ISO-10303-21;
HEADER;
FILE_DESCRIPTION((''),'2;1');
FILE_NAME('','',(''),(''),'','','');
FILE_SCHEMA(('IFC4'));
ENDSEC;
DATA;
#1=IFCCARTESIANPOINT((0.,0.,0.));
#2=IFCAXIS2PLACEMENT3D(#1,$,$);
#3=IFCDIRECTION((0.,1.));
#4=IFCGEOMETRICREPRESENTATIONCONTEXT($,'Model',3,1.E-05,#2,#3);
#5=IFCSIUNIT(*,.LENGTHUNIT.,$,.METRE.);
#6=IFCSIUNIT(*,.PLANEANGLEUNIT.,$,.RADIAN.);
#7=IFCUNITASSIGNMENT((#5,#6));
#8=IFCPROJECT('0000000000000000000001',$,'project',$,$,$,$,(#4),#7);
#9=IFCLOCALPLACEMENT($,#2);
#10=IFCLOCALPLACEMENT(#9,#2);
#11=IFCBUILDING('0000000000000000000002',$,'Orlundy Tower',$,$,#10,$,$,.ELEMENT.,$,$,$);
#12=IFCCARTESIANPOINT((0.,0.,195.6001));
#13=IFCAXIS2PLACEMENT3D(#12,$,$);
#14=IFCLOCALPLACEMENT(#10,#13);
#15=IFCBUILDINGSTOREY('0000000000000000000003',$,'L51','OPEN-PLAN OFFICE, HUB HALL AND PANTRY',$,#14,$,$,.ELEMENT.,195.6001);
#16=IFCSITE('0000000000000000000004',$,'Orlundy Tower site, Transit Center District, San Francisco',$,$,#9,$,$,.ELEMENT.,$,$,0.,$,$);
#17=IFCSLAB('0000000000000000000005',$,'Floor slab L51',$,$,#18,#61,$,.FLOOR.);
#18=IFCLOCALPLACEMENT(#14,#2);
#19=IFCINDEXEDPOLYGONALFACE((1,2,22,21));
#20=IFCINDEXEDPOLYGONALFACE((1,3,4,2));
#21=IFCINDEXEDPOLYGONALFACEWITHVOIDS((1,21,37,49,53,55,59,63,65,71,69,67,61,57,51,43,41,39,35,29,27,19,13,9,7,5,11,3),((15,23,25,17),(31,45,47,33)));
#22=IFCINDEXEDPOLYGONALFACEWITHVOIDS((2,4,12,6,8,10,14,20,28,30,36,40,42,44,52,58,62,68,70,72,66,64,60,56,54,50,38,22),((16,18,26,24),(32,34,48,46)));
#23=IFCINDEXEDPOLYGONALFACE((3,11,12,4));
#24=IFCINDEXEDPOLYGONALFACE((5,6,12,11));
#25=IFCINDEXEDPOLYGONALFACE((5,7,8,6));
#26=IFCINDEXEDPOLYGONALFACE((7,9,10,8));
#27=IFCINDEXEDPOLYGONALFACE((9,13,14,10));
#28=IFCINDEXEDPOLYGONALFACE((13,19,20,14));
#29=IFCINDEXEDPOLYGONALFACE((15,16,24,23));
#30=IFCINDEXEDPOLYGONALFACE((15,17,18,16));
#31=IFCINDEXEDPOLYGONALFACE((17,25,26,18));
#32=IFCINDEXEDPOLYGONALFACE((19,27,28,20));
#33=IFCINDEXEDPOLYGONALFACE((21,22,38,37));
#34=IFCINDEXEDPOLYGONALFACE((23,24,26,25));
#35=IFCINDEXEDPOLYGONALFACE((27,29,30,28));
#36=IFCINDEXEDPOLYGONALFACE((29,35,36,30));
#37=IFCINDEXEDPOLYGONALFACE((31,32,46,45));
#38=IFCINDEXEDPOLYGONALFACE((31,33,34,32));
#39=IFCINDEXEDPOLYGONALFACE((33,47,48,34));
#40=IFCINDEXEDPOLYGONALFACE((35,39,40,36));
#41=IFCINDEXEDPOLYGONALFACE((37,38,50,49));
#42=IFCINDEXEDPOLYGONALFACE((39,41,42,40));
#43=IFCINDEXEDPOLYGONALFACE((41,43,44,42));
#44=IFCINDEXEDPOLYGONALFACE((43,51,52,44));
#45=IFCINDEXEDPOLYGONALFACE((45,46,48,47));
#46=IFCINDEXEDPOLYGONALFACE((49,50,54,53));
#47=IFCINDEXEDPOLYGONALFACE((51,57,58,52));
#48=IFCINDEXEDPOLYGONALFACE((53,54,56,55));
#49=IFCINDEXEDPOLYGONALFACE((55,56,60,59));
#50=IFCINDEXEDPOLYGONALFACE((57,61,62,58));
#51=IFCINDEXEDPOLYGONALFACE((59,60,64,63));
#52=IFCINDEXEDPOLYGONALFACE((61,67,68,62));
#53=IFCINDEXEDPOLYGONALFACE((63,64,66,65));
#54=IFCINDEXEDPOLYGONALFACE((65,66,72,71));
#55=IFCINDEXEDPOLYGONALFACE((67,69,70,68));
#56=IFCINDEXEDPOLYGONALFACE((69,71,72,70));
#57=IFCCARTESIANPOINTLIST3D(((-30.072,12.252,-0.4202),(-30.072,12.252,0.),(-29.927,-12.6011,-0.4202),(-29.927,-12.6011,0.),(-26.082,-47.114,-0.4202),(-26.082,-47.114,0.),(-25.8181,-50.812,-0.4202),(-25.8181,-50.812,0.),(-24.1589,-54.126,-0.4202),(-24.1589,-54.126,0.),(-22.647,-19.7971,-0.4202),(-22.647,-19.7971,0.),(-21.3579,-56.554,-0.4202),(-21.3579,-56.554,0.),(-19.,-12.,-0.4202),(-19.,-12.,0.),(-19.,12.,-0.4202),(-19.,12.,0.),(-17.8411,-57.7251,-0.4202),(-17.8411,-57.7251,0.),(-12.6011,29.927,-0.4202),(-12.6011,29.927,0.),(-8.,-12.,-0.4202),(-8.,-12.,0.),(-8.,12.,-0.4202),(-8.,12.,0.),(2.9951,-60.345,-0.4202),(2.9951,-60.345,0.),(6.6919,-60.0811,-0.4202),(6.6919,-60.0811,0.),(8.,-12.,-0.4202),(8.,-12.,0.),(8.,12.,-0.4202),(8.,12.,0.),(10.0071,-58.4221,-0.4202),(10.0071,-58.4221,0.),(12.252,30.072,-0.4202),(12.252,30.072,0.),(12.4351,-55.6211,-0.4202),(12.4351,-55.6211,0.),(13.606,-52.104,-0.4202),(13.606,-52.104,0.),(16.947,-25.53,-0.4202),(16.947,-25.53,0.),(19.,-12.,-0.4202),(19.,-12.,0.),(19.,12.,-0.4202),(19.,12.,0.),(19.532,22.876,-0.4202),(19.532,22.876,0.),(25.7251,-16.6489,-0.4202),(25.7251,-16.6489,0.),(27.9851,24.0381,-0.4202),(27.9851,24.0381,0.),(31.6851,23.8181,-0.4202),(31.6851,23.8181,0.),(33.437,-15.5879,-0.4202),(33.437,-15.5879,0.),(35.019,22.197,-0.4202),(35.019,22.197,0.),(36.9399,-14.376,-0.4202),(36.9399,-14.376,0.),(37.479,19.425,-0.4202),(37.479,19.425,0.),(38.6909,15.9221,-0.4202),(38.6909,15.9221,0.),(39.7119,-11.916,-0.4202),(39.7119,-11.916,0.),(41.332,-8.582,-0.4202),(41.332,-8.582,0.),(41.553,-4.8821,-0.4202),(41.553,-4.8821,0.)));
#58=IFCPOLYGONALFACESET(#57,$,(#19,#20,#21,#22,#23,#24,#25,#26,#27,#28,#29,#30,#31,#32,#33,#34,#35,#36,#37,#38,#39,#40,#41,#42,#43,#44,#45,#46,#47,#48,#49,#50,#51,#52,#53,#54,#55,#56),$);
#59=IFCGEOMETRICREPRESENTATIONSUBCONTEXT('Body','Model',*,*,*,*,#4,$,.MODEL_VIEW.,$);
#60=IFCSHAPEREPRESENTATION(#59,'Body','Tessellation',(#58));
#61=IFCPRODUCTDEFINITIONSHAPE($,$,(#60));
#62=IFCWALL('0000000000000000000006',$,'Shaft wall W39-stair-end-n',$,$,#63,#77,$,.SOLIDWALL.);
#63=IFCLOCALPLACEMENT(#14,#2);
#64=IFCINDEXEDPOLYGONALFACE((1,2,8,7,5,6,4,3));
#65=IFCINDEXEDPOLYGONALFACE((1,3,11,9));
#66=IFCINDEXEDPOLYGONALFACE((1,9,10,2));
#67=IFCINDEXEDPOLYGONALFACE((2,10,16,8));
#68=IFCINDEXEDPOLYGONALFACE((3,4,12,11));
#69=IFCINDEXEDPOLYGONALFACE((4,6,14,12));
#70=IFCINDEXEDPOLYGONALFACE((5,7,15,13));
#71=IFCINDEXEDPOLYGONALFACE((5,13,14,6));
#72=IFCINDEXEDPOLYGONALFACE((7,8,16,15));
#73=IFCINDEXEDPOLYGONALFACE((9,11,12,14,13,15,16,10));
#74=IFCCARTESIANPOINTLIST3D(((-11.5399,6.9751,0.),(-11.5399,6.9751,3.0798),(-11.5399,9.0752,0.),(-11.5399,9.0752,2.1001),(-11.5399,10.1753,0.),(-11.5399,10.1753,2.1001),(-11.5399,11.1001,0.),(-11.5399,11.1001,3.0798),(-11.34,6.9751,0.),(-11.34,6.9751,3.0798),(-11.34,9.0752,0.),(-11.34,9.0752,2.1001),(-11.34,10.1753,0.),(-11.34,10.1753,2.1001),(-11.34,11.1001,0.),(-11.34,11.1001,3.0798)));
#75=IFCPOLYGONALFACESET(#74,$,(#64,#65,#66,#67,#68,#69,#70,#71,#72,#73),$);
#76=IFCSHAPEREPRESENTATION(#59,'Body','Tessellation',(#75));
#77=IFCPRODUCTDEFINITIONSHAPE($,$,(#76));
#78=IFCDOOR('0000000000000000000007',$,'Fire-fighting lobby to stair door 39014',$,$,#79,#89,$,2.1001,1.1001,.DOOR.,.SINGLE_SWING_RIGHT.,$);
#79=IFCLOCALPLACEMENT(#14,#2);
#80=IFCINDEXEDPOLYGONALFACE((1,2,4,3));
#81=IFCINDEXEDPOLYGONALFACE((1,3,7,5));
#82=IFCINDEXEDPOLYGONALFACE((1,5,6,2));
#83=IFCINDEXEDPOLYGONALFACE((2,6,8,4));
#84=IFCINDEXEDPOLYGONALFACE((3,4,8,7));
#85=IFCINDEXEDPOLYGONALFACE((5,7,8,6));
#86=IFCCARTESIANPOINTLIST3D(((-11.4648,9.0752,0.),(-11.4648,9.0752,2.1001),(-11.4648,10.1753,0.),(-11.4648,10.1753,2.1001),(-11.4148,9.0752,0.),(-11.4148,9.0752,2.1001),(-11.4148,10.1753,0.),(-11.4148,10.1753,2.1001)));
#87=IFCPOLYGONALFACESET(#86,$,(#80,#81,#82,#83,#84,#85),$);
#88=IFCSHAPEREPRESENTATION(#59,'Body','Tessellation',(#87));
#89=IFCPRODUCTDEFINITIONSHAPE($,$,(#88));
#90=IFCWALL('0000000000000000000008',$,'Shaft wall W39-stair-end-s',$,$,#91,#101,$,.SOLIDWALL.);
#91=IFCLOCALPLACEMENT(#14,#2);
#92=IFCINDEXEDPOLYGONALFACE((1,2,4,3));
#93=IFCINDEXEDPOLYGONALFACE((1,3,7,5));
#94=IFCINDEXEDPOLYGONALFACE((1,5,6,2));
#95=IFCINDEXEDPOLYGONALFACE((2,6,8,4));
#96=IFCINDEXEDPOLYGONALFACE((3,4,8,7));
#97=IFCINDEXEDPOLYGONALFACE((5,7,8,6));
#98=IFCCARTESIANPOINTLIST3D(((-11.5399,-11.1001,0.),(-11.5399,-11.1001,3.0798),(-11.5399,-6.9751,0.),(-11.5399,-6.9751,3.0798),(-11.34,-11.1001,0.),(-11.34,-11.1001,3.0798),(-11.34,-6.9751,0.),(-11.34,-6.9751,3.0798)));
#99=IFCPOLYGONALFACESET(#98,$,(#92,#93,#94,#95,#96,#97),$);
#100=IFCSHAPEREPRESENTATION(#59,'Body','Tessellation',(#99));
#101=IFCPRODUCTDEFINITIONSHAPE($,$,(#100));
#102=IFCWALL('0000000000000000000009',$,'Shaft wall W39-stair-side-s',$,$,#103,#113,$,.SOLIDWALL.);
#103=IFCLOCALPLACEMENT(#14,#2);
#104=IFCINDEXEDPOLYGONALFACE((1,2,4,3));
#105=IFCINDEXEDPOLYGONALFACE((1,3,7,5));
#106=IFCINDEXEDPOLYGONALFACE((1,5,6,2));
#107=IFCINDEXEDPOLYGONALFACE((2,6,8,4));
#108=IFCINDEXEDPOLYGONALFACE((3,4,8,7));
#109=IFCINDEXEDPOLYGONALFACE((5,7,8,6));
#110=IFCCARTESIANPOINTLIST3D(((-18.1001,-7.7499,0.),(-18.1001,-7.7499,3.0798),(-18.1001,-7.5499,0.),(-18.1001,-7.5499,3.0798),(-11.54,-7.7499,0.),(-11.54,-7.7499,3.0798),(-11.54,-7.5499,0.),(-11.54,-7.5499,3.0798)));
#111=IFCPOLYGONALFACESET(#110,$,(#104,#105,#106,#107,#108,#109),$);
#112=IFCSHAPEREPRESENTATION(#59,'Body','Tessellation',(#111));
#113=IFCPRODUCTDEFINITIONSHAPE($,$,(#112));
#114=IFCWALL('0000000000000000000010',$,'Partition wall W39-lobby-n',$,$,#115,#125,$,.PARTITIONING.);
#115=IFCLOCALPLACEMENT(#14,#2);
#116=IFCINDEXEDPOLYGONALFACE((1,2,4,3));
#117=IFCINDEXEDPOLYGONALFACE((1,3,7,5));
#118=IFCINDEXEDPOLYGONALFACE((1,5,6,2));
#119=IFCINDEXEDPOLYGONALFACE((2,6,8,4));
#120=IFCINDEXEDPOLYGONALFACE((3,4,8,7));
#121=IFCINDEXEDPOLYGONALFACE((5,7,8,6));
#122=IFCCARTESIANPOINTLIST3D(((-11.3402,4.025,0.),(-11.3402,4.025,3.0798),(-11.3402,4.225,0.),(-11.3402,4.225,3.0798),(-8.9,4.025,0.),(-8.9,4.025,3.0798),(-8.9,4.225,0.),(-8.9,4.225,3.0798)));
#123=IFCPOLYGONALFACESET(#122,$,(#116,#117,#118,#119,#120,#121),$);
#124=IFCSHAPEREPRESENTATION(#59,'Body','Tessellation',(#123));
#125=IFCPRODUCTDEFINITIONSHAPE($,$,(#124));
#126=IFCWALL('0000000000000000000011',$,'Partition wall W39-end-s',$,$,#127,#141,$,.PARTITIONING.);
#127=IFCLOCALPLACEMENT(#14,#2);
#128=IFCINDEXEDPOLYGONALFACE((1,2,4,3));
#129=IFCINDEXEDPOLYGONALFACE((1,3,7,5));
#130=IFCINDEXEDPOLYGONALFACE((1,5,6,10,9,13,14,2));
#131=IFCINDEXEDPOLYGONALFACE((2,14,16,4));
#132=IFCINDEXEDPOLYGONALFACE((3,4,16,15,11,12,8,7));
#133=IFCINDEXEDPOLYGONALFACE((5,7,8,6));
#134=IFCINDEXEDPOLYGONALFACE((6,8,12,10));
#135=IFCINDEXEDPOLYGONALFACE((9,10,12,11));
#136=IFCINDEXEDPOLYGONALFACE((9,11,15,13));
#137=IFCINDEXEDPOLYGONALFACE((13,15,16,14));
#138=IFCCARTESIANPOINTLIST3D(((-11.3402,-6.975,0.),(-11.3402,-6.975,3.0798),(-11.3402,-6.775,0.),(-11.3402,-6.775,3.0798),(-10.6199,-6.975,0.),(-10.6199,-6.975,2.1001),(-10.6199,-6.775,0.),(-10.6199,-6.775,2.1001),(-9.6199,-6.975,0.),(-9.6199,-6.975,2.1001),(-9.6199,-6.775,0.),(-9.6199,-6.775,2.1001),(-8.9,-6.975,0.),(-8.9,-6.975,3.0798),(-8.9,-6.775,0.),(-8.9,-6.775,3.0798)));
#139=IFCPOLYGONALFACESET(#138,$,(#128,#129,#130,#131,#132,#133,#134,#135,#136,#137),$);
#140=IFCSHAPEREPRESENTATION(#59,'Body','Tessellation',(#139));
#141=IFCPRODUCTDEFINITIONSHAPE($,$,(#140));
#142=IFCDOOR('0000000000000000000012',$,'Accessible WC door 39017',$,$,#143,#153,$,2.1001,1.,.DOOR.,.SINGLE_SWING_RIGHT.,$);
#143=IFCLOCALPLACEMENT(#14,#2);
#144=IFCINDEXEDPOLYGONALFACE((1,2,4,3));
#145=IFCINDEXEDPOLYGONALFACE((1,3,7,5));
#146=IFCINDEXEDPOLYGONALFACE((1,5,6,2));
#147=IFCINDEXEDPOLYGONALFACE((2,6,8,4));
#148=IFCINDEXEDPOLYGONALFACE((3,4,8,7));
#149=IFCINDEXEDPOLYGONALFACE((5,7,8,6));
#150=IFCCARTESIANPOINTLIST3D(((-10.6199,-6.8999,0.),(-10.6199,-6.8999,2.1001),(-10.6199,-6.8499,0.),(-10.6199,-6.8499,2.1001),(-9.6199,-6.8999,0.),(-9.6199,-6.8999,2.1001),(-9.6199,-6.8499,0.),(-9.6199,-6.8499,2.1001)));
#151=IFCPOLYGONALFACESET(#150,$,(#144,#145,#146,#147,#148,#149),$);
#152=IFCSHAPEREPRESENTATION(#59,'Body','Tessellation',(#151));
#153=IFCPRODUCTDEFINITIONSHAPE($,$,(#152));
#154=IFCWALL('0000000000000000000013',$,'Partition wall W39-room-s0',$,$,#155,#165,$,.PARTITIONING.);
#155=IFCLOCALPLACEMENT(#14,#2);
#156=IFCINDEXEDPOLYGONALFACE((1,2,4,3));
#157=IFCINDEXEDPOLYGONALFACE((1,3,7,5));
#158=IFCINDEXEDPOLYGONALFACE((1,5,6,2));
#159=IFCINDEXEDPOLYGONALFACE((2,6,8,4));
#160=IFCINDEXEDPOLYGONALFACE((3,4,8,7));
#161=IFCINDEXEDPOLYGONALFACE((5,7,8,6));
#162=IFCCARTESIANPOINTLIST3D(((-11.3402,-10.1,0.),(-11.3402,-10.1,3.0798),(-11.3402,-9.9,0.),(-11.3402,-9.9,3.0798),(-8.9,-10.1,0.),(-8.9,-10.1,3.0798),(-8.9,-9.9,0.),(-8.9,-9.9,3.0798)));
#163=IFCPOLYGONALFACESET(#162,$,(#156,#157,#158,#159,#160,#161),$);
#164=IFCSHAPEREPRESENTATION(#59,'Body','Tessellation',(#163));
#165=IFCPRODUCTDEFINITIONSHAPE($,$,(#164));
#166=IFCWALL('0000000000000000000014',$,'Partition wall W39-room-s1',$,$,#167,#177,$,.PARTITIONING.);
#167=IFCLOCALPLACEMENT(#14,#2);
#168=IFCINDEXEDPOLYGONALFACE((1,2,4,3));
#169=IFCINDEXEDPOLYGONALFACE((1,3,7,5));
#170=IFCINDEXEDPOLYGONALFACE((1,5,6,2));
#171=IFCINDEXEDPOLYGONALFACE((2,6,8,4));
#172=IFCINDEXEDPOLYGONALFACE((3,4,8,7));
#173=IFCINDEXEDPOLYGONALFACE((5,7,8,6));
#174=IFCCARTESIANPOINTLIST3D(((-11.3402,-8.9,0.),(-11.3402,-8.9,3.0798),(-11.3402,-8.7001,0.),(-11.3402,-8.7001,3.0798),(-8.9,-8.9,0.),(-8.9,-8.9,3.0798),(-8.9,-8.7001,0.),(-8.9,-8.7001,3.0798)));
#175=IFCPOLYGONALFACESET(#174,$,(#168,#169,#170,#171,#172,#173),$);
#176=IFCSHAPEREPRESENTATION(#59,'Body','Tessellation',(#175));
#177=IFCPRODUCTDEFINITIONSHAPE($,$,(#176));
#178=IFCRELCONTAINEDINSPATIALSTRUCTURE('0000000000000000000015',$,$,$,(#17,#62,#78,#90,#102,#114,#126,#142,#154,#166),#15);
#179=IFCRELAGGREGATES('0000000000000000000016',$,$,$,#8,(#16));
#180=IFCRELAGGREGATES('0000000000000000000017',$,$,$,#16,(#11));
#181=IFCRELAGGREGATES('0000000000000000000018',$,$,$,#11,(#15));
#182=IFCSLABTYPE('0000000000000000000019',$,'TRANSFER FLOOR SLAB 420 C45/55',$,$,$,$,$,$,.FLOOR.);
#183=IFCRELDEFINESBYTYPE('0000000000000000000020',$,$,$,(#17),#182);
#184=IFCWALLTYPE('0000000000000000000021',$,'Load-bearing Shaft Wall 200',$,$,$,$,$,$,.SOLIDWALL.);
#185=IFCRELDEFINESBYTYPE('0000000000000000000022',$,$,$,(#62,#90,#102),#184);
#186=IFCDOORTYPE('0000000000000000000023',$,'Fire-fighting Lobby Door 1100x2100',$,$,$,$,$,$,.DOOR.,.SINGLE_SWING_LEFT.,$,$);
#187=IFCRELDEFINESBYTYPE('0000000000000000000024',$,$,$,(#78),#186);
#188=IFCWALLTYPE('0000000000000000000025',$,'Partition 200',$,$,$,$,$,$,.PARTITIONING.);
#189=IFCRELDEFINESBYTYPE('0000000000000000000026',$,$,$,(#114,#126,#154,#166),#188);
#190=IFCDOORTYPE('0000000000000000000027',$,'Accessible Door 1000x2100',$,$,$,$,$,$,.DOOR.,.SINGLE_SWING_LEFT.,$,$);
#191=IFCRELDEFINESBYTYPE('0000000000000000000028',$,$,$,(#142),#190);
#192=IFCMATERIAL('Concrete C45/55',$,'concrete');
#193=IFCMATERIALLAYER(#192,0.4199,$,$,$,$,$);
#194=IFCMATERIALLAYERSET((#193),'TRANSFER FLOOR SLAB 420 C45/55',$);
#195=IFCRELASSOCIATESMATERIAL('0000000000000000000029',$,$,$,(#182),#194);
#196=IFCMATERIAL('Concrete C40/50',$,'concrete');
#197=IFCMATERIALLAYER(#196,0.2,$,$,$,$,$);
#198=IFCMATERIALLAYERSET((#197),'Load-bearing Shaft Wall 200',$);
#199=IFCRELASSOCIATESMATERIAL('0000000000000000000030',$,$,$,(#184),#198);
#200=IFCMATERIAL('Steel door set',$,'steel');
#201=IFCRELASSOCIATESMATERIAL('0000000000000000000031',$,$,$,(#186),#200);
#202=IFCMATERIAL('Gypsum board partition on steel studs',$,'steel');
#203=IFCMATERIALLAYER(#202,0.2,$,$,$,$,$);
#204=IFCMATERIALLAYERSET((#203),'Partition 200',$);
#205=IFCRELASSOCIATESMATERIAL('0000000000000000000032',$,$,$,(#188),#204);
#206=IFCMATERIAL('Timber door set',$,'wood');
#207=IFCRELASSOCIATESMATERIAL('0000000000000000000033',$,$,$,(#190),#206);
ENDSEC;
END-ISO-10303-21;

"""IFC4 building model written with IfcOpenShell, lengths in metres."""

from ifc_helpers import new_model, si_unit, direction, frame, frame_2d, origin, place, context, subcontext, project, spatial, polyline, rectangle, outline, extrude, material, layer, layer_set, type_object, element, fill, save


model = new_model("IFC4")

# Units and contexts
model_context = context("Model", 3, precision=1e-05, world=origin(), true_north=direction((0.0, 1.0)))
body_context = subcontext(model_context, "Body", "Model", "MODEL_VIEW")
ifc_project = project(units=[si_unit("LENGTHUNIT", "METRE"), si_unit("PLANEANGLEUNIT", "RADIAN")], contexts=[model_context])

# Site, building, storey
site_placement = place(None, origin())
site = spatial("IfcSite", under=ifc_project, at=site_placement, Name="Orlundy Tower site, Transit Center District, San Francisco", CompositionType="ELEMENT", RefElevation=0.0)
building_placement = place(site_placement, origin())
building = spatial("IfcBuilding", under=site, at=building_placement, Name="Orlundy Tower", CompositionType="ELEMENT")
storey_placement = place(building_placement, frame((0.0, 0.0, 195.6001)))
storey = spatial("IfcBuildingStorey", under=building, at=storey_placement, Name="L51", Description="OPEN-PLAN OFFICE, HUB HALL AND PANTRY", CompositionType="ELEMENT", Elevation=195.6001)

# Slab
ifc_material_1 = material(Name="Concrete C45/55", Category="concrete")
ifc_layer_1 = layer(ifc_material_1, 0.4199)
ifc_layer_set_1 = layer_set([ifc_layer_1], Name="TRANSFER FLOOR SLAB 420 C45/55")
slab_type_1 = type_object("IfcSlabType", Name="TRANSFER FLOOR SLAB 420 C45/55", PredefinedType="FLOOR", material=ifc_layer_set_1)
slab_1_placement = place(storey_placement, frame((0.0, 0.0, -0.4202)))
element("IfcSlab", 1, at=slab_1_placement, inside=storey, type_object=slab_type_1, Name="Floor slab L51", PredefinedType="FLOOR", context=body_context, shape_type="SweptSolid", body=[
    extrude(outline(polyline([(-22.647, -19.7971), (-29.927, -12.6011), (-30.072, 12.252), (-12.6011, 29.927), (12.252, 30.072), (19.532, 22.876), (27.9851, 24.0381), (31.6851, 23.8181), (35.019, 22.197), (37.479, 19.425), (38.6909, 15.9221), (41.553, -4.8821), (41.332, -8.582), (39.7119, -11.916), (36.9399, -14.376), (33.437, -15.5879), (25.7251, -16.6489), (16.947, -25.53), (13.606, -52.104), (12.4351, -55.6211), (10.0071, -58.4221), (6.6919, -60.0811), (2.9951, -60.345), (-17.8411, -57.7251), (-21.3579, -56.554), (-24.1589, -54.126), (-25.8181, -50.812), (-26.082, -47.114), (-22.647, -19.7971)]), holes=[polyline([(-8.0, -12.0), (-8.0, 12.0), (-19.0, 12.0), (-19.0, -12.0), (-8.0, -12.0)]), polyline([(19.0, -12.0), (19.0, 12.0), (8.0, 12.0), (8.0, -12.0), (19.0, -12.0)])]), origin(), (0.0, 0.0, 1.0), 0.4202),
])

# Wall, opening, door
ifc_material_2 = material(Name="Concrete C40/50", Category="concrete")
ifc_layer_2 = layer(ifc_material_2, 0.2)
ifc_layer_set_2 = layer_set([ifc_layer_2], Name="Load-bearing Shaft Wall 200")
wall_type_1 = type_object("IfcWallType", Name="Load-bearing Shaft Wall 200", PredefinedType="SOLIDWALL", material=ifc_layer_set_2)
wall_1_placement = place(storey_placement, frame((-11.4399, 6.9751, 0.0), z_axis=(0.0, 0.0, 1.0), x_axis=(0.0, 1.0, 0.0)))
wall_1 = element("IfcWall", 2, at=wall_1_placement, inside=storey, type_object=wall_type_1, Name="Shaft wall W39-stair-end-n", PredefinedType="SOLIDWALL", context=body_context, shape_type="SweptSolid", body=[
    extrude(rectangle(XDim=4.125, YDim=0.2, at=frame_2d((2.0625, 0.0))), origin(), (0.0, 0.0, 1.0), 3.0798),
])
opening_1_placement = place(wall_1_placement, frame((2.1001, 0.0, 0.0)))
opening_1 = element("IfcOpeningElement", 3, at=opening_1_placement, cuts=wall_1, PredefinedType="OPENING", context=body_context, shape_type="SweptSolid", body=[
    extrude(rectangle(XDim=1.1001, YDim=2.1001, at=frame_2d((0.55, 1.05))), frame((0.0, 0.1101, 0.0), z_axis=(0.0, -1.0, 0.0), x_axis=(1.0, 0.0, 0.0)), (0.0, 0.0, 1.0), 0.2202),
])
ifc_material_3 = material(Name="Steel door set", Category="steel")
door_type_1 = type_object("IfcDoorType", Name="Fire-fighting Lobby Door 1100x2100", OperationType="SINGLE_SWING_LEFT", PredefinedType="DOOR", material=ifc_material_3)
door_1_placement = place(opening_1_placement, origin())
door_1 = element("IfcDoor", 4, at=door_1_placement, inside=storey, type_object=door_type_1, Name="Fire-fighting lobby to stair door 39014", OperationType="SINGLE_SWING_RIGHT", OverallHeight=2.1001, OverallWidth=1.1001, PredefinedType="DOOR", context=body_context, shape_type="SweptSolid", body=[
    extrude(rectangle(XDim=1.1001, YDim=2.1001, at=frame_2d((0.55, 1.05))), frame((0.0, 0.0249, 0.0), z_axis=(0.0, -1.0, 0.0), x_axis=(1.0, 0.0, 0.0)), (0.0, 0.0, 1.0), 0.05),
])
fill(opening_1, door_1)

# Walls
wall_2_placement = place(storey_placement, frame((-11.4399, -11.1001, 0.0), z_axis=(0.0, 0.0, 1.0), x_axis=(0.0, 1.0, 0.0)))
element("IfcWall", 5, at=wall_2_placement, inside=storey, type_object=wall_type_1, Name="Shaft wall W39-stair-end-s", PredefinedType="SOLIDWALL", context=body_context, shape_type="SweptSolid", body=[
    extrude(rectangle(XDim=4.125, YDim=0.2, at=frame_2d((2.0625, 0.0))), origin(), (0.0, 0.0, 1.0), 3.0798),
])
wall_3_placement = place(storey_placement, frame((-11.54, -7.6499, 0.0), z_axis=(0.0, 0.0, 1.0), x_axis=(-1.0, 0.0, 0.0)))
element("IfcWall", 6, at=wall_3_placement, inside=storey, type_object=wall_type_1, Name="Shaft wall W39-stair-side-s", PredefinedType="SOLIDWALL", context=body_context, shape_type="SweptSolid", body=[
    extrude(rectangle(XDim=6.5601, YDim=0.2, at=frame_2d((3.28, 0.0))), origin(), (0.0, 0.0, 1.0), 3.0798),
])
ifc_material_4 = material(Name="Gypsum board partition on steel studs", Category="steel")
ifc_layer_3 = layer(ifc_material_4, 0.2)
ifc_layer_set_3 = layer_set([ifc_layer_3], Name="Partition 200")
wall_type_2 = type_object("IfcWallType", Name="Partition 200", PredefinedType="PARTITIONING", material=ifc_layer_set_3)
wall_4_placement = place(storey_placement, frame((-8.8999, 4.125, 0.0), z_axis=(0.0, 0.0, 1.0), x_axis=(-1.0, 0.0, 0.0)))
element("IfcWall", 7, at=wall_4_placement, inside=storey, type_object=wall_type_2, Name="Partition wall W39-lobby-n", PredefinedType="PARTITIONING", context=body_context, shape_type="SweptSolid", body=[
    extrude(rectangle(XDim=2.4402, YDim=0.2, at=frame_2d((1.2202, 0.0))), origin(), (0.0, 0.0, 1.0), 3.0798),
])

# Wall, opening, door
wall_5_placement = place(storey_placement, frame((-8.8999, -6.875, 0.0), z_axis=(0.0, 0.0, 1.0), x_axis=(-1.0, 0.0, 0.0)))
wall_5 = element("IfcWall", 8, at=wall_5_placement, inside=storey, type_object=wall_type_2, Name="Partition wall W39-end-s", PredefinedType="PARTITIONING", context=body_context, shape_type="SweptSolid", body=[
    extrude(rectangle(XDim=2.4402, YDim=0.2, at=frame_2d((1.2202, 0.0))), origin(), (0.0, 0.0, 1.0), 3.0798),
])
opening_2_placement = place(wall_5_placement, frame((0.72, 0.0, 0.0)))
opening_2 = element("IfcOpeningElement", 9, at=opening_2_placement, cuts=wall_5, PredefinedType="OPENING", context=body_context, shape_type="SweptSolid", body=[
    extrude(rectangle(XDim=1.0, YDim=2.1001, at=frame_2d((0.5, 1.05))), frame((0.0, 0.1101, 0.0), z_axis=(0.0, -1.0, 0.0), x_axis=(1.0, 0.0, 0.0)), (0.0, 0.0, 1.0), 0.2202),
])
ifc_material_5 = material(Name="Timber door set", Category="wood")
door_type_2 = type_object("IfcDoorType", Name="Accessible Door 1000x2100", OperationType="SINGLE_SWING_LEFT", PredefinedType="DOOR", material=ifc_material_5)
door_2_placement = place(opening_2_placement, origin())
door_2 = element("IfcDoor", 10, at=door_2_placement, inside=storey, type_object=door_type_2, Name="Accessible WC door 39017", OperationType="SINGLE_SWING_RIGHT", OverallHeight=2.1001, OverallWidth=1.0, PredefinedType="DOOR", context=body_context, shape_type="SweptSolid", body=[
    extrude(rectangle(XDim=1.0, YDim=2.1001, at=frame_2d((0.5, 1.05))), frame((0.0, 0.0249, 0.0), z_axis=(0.0, -1.0, 0.0), x_axis=(1.0, 0.0, 0.0)), (0.0, 0.0, 1.0), 0.05),
])
fill(opening_2, door_2)

# Walls
for number, where, z_axis, x_axis, name in (
    (11, (-8.8999, -10.0, 0.0), (0.0, 0.0, 1.0), (-1.0, 0.0, 0.0), "Partition wall W39-room-s0"),
    (12, (-8.8999, -8.8, 0.0), (0.0, 0.0, 1.0), (-1.0, 0.0, 0.0), "Partition wall W39-room-s1"),
):
    element("IfcWall", number, at=place(storey_placement, frame(where, z_axis=z_axis, x_axis=x_axis)), inside=storey, type_object=wall_type_2, Name=name, PredefinedType="PARTITIONING", context=body_context, shape_type="SweptSolid", body=[
        extrude(rectangle(XDim=2.4402, YDim=0.2, at=frame_2d((1.2202, 0.0))), origin(), (0.0, 0.0, 1.0), 3.0798),
    ])

save(model, "model.ifc")
